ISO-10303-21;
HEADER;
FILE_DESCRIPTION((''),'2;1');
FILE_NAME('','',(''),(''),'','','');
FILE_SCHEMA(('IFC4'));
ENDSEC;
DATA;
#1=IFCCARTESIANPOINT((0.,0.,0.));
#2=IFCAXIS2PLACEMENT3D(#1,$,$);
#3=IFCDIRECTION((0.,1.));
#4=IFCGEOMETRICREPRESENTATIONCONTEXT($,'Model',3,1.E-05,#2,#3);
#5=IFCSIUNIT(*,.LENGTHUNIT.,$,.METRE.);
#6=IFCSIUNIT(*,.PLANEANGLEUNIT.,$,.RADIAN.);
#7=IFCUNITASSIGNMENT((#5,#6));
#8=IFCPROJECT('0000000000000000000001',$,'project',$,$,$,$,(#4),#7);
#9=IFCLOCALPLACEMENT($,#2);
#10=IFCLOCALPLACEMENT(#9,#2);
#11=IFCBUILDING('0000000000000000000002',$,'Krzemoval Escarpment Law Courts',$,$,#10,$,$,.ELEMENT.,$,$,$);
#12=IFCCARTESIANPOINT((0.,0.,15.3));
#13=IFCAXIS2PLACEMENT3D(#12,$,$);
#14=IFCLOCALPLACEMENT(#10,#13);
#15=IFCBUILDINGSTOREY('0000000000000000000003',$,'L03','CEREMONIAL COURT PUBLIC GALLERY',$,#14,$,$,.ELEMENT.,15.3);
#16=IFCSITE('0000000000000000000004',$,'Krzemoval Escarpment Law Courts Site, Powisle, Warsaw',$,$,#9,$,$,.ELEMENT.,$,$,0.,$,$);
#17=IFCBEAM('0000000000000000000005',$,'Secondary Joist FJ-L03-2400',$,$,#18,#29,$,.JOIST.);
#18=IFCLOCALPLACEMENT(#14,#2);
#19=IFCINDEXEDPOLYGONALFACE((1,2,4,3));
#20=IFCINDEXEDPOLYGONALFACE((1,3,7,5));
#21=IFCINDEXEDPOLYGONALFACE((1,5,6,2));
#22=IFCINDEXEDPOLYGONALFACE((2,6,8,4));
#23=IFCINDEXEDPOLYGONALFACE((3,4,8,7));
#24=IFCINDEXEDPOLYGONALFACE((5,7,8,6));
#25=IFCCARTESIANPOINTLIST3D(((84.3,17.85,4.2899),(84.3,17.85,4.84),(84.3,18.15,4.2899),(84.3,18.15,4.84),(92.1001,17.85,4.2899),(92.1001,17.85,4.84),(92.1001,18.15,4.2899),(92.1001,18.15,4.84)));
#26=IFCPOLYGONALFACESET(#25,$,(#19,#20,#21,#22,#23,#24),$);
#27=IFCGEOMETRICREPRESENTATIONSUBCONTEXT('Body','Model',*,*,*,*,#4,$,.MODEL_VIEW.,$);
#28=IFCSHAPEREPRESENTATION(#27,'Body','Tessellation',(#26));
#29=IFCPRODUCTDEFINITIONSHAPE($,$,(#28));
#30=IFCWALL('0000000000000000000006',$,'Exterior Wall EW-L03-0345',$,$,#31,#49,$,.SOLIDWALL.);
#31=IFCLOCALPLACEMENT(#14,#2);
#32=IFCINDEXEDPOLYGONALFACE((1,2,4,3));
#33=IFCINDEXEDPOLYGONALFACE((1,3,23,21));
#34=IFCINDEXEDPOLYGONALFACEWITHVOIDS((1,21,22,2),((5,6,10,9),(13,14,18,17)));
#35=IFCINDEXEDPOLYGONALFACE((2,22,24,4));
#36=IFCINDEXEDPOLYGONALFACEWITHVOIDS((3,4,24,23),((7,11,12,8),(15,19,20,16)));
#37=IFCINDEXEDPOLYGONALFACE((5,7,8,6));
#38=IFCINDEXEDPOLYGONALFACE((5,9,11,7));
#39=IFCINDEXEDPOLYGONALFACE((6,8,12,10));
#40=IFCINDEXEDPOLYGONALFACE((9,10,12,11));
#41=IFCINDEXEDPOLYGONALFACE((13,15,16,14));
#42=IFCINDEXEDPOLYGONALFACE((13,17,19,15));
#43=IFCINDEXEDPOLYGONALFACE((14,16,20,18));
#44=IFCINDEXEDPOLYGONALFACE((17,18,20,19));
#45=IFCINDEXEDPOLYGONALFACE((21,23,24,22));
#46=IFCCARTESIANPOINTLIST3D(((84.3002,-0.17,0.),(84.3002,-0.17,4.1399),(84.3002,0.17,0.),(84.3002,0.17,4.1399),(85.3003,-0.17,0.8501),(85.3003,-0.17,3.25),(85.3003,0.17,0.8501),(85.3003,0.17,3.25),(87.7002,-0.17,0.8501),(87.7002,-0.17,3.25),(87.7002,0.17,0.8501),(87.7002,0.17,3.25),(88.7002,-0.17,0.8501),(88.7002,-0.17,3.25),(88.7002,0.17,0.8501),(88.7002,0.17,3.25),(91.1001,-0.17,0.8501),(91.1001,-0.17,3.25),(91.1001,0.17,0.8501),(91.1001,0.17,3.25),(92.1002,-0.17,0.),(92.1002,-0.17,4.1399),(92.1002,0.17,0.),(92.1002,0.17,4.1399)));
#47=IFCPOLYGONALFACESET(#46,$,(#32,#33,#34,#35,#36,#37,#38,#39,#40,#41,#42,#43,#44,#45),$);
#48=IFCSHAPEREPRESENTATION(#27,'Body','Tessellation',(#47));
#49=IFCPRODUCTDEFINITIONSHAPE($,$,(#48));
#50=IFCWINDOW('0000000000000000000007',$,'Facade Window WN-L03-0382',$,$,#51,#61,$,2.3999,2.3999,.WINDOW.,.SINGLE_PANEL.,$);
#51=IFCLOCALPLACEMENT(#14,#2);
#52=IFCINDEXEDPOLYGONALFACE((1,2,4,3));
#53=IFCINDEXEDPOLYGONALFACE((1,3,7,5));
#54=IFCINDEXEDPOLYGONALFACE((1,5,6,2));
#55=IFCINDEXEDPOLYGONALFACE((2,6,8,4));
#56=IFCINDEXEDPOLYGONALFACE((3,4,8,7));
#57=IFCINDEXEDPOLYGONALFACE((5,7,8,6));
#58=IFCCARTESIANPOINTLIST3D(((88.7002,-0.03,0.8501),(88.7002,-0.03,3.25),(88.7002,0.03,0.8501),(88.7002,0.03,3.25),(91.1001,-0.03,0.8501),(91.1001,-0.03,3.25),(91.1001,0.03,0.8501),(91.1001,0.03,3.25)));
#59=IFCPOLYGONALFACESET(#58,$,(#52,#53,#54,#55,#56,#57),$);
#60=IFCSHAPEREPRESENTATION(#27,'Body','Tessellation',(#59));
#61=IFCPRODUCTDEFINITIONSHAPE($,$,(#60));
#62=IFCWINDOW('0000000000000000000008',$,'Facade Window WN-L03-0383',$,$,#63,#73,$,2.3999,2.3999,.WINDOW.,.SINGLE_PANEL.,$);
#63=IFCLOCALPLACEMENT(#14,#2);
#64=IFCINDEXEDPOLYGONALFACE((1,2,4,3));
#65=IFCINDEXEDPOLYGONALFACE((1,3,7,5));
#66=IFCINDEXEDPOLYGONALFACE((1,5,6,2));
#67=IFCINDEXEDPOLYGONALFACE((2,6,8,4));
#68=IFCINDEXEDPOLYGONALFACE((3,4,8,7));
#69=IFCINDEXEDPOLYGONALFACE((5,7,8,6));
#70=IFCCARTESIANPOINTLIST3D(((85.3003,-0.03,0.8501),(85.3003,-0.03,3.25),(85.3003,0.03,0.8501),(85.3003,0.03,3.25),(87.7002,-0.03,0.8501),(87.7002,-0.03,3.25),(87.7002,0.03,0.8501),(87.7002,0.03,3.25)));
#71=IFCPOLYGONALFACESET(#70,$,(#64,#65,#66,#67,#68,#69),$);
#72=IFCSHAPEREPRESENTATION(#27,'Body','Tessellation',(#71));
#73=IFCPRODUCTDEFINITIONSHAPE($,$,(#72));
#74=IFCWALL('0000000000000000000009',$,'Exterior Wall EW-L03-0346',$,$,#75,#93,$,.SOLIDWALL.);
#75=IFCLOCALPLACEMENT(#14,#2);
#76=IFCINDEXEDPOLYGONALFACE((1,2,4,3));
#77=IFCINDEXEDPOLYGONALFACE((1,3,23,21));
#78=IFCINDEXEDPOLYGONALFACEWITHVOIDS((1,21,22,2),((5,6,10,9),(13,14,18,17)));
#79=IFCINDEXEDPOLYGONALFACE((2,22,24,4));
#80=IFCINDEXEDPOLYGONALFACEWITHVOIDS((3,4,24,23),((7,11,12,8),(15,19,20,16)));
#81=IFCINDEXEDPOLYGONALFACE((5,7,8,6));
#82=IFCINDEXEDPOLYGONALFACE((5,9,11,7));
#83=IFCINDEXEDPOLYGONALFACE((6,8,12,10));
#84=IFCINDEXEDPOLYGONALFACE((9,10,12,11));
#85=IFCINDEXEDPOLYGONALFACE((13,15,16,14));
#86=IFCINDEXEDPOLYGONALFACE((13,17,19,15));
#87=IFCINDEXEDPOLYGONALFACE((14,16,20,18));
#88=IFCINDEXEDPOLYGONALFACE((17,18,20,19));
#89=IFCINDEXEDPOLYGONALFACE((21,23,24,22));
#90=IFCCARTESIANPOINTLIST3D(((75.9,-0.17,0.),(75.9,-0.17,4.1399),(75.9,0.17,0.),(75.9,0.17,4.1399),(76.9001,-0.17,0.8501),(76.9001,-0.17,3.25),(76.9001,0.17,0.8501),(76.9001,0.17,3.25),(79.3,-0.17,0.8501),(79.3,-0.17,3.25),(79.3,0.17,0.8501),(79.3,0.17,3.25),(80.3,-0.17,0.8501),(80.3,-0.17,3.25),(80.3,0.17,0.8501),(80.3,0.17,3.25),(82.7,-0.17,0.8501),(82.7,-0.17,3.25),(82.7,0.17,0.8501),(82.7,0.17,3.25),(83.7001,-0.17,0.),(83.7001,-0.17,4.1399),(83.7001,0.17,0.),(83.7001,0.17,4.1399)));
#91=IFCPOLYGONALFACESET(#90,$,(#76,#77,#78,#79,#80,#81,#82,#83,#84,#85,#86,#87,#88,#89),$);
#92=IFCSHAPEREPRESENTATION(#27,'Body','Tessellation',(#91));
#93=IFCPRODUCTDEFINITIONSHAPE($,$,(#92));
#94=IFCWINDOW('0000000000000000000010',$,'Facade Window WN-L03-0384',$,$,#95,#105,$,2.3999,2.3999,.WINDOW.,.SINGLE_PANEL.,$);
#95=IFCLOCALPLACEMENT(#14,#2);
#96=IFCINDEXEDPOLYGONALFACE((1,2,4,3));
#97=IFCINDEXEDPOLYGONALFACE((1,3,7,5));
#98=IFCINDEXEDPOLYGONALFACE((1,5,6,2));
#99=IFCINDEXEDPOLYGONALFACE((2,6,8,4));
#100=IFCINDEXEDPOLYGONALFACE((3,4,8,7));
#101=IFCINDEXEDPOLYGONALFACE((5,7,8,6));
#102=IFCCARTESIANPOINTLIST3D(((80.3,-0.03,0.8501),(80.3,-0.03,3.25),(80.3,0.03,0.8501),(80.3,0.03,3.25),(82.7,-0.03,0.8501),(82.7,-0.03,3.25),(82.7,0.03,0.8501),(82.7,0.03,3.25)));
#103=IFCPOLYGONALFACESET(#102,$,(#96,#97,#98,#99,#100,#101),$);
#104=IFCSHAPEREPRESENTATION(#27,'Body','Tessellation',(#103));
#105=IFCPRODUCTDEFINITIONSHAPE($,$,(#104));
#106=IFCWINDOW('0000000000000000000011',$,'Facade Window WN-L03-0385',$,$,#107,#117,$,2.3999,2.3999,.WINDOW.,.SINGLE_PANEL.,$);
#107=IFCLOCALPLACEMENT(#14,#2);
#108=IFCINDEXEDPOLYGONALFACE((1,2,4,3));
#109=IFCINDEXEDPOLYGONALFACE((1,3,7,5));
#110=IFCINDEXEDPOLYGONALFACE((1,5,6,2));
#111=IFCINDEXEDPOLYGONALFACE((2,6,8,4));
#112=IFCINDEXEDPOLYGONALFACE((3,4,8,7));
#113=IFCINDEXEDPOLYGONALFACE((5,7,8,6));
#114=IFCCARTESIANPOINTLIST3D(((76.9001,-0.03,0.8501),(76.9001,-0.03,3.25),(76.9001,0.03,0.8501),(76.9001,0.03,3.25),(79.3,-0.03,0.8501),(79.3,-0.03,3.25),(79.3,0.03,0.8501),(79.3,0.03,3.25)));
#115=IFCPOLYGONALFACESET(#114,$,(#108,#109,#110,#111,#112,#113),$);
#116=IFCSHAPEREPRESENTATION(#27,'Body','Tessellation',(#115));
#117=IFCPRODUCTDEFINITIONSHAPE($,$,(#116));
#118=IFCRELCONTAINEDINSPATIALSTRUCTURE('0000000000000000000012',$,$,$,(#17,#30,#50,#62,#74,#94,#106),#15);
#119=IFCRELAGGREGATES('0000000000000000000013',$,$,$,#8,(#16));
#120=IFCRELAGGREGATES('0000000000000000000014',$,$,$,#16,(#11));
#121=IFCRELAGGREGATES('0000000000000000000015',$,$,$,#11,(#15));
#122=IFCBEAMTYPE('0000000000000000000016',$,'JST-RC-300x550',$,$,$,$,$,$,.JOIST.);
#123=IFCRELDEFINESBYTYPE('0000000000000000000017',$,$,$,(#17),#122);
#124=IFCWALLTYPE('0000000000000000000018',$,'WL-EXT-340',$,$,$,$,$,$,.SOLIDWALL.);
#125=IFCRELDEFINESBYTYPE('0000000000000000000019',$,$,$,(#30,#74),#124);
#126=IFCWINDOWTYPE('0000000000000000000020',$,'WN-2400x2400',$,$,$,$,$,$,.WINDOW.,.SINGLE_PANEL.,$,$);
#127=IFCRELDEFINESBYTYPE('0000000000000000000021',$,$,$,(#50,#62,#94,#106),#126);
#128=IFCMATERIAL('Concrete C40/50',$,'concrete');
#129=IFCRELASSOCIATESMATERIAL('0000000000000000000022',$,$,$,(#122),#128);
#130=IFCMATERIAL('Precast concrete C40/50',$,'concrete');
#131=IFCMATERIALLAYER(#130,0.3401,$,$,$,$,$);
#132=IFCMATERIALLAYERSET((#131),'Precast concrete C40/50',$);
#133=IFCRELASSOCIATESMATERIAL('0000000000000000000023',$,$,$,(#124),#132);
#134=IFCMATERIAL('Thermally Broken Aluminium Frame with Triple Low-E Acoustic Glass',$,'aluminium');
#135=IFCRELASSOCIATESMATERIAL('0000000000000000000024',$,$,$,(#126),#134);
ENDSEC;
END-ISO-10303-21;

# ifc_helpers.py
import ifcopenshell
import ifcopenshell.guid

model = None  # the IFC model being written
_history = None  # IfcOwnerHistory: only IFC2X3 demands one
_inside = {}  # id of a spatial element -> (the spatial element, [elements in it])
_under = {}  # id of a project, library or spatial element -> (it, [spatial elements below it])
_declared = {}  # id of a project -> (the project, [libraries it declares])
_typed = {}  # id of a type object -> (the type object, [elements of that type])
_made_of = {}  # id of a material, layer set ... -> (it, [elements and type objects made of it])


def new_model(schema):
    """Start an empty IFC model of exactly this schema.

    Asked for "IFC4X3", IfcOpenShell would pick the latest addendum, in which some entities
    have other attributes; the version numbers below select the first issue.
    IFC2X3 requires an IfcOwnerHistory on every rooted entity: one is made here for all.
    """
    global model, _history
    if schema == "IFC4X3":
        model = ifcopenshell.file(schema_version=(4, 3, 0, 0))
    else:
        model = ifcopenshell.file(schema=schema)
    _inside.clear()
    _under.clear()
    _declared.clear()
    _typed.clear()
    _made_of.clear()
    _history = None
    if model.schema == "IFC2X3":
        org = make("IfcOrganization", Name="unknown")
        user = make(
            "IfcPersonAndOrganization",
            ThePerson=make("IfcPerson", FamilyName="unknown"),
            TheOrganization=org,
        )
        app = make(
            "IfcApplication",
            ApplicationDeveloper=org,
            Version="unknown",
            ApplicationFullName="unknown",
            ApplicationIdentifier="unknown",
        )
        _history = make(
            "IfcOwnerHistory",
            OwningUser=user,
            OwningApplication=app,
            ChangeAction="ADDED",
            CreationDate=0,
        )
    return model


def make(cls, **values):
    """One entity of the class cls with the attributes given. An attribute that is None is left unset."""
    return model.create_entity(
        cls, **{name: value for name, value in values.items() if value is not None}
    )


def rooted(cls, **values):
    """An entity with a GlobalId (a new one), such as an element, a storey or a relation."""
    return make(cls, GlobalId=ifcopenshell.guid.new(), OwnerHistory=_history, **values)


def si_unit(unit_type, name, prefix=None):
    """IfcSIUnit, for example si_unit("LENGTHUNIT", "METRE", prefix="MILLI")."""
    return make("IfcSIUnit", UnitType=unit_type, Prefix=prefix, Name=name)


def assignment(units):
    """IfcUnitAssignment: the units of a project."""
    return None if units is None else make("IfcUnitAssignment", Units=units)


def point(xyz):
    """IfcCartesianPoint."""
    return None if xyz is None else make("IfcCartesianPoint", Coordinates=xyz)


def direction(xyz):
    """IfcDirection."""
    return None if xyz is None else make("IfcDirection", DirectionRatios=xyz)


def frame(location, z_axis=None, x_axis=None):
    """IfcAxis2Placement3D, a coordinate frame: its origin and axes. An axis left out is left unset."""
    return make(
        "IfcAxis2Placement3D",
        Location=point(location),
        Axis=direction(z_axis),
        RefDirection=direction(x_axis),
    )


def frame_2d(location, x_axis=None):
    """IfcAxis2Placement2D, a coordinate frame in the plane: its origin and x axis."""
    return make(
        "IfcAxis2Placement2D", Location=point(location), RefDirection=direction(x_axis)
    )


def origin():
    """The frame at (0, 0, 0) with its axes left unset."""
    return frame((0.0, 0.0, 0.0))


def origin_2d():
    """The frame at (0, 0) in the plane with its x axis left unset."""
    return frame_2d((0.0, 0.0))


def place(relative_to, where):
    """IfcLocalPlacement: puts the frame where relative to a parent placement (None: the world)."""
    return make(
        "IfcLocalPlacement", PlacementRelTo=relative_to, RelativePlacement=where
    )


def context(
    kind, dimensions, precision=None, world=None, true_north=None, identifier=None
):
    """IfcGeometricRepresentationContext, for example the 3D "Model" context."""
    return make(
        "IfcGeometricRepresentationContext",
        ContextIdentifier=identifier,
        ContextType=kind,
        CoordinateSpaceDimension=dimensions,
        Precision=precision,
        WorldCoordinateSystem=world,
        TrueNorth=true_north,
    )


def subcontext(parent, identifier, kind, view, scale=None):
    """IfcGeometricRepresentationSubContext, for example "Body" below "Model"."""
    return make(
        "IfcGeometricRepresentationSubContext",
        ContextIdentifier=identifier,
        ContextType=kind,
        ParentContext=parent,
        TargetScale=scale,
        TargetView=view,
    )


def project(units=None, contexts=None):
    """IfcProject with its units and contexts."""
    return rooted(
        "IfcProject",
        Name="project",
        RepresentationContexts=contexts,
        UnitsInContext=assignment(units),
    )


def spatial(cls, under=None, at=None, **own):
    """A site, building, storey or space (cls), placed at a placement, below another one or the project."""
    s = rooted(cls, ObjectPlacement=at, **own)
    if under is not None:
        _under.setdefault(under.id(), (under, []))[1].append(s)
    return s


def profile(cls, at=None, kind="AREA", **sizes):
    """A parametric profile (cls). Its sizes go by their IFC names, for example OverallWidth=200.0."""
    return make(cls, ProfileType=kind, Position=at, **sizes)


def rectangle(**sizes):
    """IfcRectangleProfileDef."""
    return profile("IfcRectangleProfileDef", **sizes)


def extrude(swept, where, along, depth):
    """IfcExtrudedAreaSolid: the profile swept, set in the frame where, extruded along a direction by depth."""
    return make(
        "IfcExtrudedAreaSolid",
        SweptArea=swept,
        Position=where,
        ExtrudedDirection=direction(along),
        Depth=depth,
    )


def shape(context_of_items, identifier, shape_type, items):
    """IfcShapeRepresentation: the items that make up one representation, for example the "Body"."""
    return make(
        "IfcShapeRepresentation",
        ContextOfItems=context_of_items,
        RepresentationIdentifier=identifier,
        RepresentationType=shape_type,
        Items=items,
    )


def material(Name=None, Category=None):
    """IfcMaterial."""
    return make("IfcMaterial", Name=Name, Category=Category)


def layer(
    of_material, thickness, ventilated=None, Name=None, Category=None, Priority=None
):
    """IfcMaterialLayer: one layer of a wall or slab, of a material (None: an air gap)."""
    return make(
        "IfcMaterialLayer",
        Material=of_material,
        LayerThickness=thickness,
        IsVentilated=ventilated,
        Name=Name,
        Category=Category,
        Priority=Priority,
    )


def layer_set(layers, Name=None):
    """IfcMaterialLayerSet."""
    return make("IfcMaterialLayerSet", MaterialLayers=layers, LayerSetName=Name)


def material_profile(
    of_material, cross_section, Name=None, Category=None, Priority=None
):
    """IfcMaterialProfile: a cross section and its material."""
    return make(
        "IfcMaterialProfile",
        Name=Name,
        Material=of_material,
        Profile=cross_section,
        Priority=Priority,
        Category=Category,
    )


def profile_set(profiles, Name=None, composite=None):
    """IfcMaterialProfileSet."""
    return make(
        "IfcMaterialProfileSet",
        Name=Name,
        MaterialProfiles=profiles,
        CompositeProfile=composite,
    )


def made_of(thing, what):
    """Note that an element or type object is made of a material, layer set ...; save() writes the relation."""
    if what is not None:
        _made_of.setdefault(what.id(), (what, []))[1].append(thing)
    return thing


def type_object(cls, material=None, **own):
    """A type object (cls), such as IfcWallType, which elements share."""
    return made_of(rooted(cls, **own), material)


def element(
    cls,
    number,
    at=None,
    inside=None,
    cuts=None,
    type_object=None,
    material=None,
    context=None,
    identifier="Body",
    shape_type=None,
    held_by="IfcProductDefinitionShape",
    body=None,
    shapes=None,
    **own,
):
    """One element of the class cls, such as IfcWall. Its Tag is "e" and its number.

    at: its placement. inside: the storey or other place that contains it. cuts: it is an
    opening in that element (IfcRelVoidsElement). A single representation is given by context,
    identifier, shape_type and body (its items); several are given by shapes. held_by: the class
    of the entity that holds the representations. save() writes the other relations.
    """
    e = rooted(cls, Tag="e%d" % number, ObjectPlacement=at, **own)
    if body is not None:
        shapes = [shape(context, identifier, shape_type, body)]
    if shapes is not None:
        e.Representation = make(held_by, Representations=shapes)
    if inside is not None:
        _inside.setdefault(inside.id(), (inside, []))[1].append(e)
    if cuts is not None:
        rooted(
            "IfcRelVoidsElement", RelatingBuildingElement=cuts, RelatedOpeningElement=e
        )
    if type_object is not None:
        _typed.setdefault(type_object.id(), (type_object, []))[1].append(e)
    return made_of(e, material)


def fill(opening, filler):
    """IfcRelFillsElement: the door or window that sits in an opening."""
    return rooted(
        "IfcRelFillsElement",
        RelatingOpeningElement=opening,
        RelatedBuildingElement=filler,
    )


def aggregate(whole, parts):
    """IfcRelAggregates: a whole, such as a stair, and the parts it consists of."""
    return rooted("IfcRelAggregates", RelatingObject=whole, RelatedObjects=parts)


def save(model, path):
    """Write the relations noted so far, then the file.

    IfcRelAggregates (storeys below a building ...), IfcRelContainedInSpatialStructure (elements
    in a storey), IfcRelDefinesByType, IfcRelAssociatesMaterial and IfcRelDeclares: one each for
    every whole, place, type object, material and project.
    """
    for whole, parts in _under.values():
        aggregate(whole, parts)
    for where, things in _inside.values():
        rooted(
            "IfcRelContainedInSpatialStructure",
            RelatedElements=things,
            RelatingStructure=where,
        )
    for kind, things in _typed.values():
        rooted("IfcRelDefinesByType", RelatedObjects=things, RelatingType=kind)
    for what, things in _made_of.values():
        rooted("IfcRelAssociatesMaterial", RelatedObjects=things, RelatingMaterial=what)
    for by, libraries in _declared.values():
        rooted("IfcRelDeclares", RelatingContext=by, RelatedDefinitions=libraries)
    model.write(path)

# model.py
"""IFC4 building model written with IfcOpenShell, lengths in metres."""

from ifc_helpers import new_model, si_unit, direction, frame, frame_2d, origin, origin_2d, place, context, subcontext, project, spatial, rectangle, extrude, material, layer, layer_set, material_profile, profile_set, type_object, element, fill, save


model = new_model("IFC4")

# Units and contexts
model_context = context("Model", 3, precision=1e-05, world=origin(), true_north=direction((0.0, 1.0)))
body_context = subcontext(model_context, "Body", "Model", "MODEL_VIEW")
ifc_project = project(units=[si_unit("LENGTHUNIT", "METRE"), si_unit("PLANEANGLEUNIT", "RADIAN")], contexts=[model_context])

# Site, building, storey
site_placement = place(None, origin())
site = spatial("IfcSite", under=ifc_project, at=site_placement, Name="Krzemoval Escarpment Law Courts Site, Powisle, Warsaw", CompositionType="ELEMENT", RefElevation=0.0)
building_placement = place(site_placement, origin())
building = spatial("IfcBuilding", under=site, at=building_placement, Name="Krzemoval Escarpment Law Courts", CompositionType="ELEMENT")
storey_placement = place(building_placement, frame((0.0, 0.0, 15.3)))
storey = spatial("IfcBuildingStorey", under=building, at=storey_placement, Name="L03", Description="CEREMONIAL COURT PUBLIC GALLERY", CompositionType="ELEMENT", Elevation=15.3)

# Beam
ifc_material_1 = material(Name="Concrete C40/50", Category="concrete")
ifc_material_profile_1 = material_profile(ifc_material_1, rectangle(XDim=0.3, YDim=0.55, at=origin_2d()), Name="RCB 300x550")
ifc_profile_set_1 = profile_set([ifc_material_profile_1], Name="Concrete C40/50")
beam_type_1 = type_object("IfcBeamType", Name="JST-RC-300x550", PredefinedType="JOIST", material=ifc_profile_set_1)
for number, where, z_axis, x_axis, name in (
    (1, (84.3, 18.0, 4.5649), (1.0, 0.0, 0.0), (0.0, 1.0, 0.0), "Secondary Joist FJ-L03-2400"),
):
    element("IfcBeam", number, at=place(storey_placement, frame(where, z_axis=z_axis, x_axis=x_axis)), inside=storey, type_object=beam_type_1, Name=name, PredefinedType="JOIST", context=body_context, shape_type="SweptSolid", body=[
        extrude(rectangle(XDim=0.3, YDim=0.55, at=origin_2d()), origin(), (0.0, 0.0, 1.0), 7.8),
    ])

# Walls, openings, windows
ifc_material_2 = material(Name="Precast concrete C40/50", Category="concrete")
ifc_layer = layer(ifc_material_2, 0.3401)
ifc_layer_set = layer_set([ifc_layer], Name="Precast concrete C40/50")
wall_type = type_object("IfcWallType", Name="WL-EXT-340", PredefinedType="SOLIDWALL", material=ifc_layer_set)
wall_1_placement = place(storey_placement, frame((92.1001, 0.0, 0.0), z_axis=(0.0, 0.0, 1.0), x_axis=(-1.0, 0.0, 0.0)))
wall_1 = element("IfcWall", 2, at=wall_1_placement, inside=storey, type_object=wall_type, Name="Exterior Wall EW-L03-0345", PredefinedType="SOLIDWALL", context=body_context, shape_type="SweptSolid", body=[
    extrude(rectangle(XDim=7.8, YDim=0.3401, at=frame_2d((3.8999, 0.0))), origin(), (0.0, 0.0, 1.0), 4.1399),
])
opening_1_placement = place(wall_1_placement, frame((1.0, 0.0, 0.8501)))
opening_1 = element("IfcOpeningElement", 3, at=opening_1_placement, cuts=wall_1, PredefinedType="OPENING", context=body_context, shape_type="SweptSolid", body=[
    extrude(rectangle(XDim=2.3999, YDim=2.3999, at=frame_2d((1.2, 1.2))), frame((0.0, 0.185, 0.0), z_axis=(0.0, -1.0, 0.0), x_axis=(1.0, 0.0, 0.0)), (0.0, 0.0, 1.0), 0.3701),
])
opening_2_placement = place(wall_1_placement, frame((4.3999, 0.0, 0.8501)))
opening_2 = element("IfcOpeningElement", 4, at=opening_2_placement, cuts=wall_1, PredefinedType="OPENING", context=body_context, shape_type="SweptSolid", body=[
    extrude(rectangle(XDim=2.3999, YDim=2.3999, at=frame_2d((1.2, 1.2))), frame((0.0, 0.185, 0.0), z_axis=(0.0, -1.0, 0.0), x_axis=(1.0, 0.0, 0.0)), (0.0, 0.0, 1.0), 0.3701),
])
ifc_material_3 = material(Name="Thermally Broken Aluminium Frame with Triple Low-E Acoustic Glass", Category="aluminium")
window_type = type_object("IfcWindowType", Name="WN-2400x2400", PartitioningType="SINGLE_PANEL", PredefinedType="WINDOW", material=ifc_material_3)
window_1_placement = place(opening_1_placement, origin())
window_1 = element("IfcWindow", 5, at=window_1_placement, inside=storey, type_object=window_type, Name="Facade Window WN-L03-0382", OverallHeight=2.3999, OverallWidth=2.3999, PartitioningType="SINGLE_PANEL", PredefinedType="WINDOW", context=body_context, shape_type="SweptSolid", body=[
    extrude(rectangle(XDim=2.3999, YDim=2.3999, at=frame_2d((1.2, 1.2))), frame((0.0, 0.03, 0.0), z_axis=(0.0, -1.0, 0.0), x_axis=(1.0, 0.0, 0.0)), (0.0, 0.0, 1.0), 0.0601),
])
fill(opening_1, window_1)
window_2_placement = place(opening_2_placement, origin())
window_2 = element("IfcWindow", 6, at=window_2_placement, inside=storey, type_object=window_type, Name="Facade Window WN-L03-0383", OverallHeight=2.3999, OverallWidth=2.3999, PartitioningType="SINGLE_PANEL", PredefinedType="WINDOW", context=body_context, shape_type="SweptSolid", body=[
    extrude(rectangle(XDim=2.3999, YDim=2.3999, at=frame_2d((1.2, 1.2))), frame((0.0, 0.03, 0.0), z_axis=(0.0, -1.0, 0.0), x_axis=(1.0, 0.0, 0.0)), (0.0, 0.0, 1.0), 0.0601),
])
fill(opening_2, window_2)
wall_2_placement = place(storey_placement, frame((83.7, 0.0, 0.0), z_axis=(0.0, 0.0, 1.0), x_axis=(-1.0, 0.0, 0.0)))
wall_2 = element("IfcWall", 7, at=wall_2_placement, inside=storey, type_object=wall_type, Name="Exterior Wall EW-L03-0346", PredefinedType="SOLIDWALL", context=body_context, shape_type="SweptSolid", body=[
    extrude(rectangle(XDim=7.8, YDim=0.3401, at=frame_2d((3.8999, 0.0))), origin(), (0.0, 0.0, 1.0), 4.1399),
])
opening_3_placement = place(wall_2_placement, frame((1.0, 0.0, 0.8501)))
opening_3 = element("IfcOpeningElement", 8, at=opening_3_placement, cuts=wall_2, PredefinedType="OPENING", context=body_context, shape_type="SweptSolid", body=[
    extrude(rectangle(XDim=2.3999, YDim=2.3999, at=frame_2d((1.2, 1.2))), frame((0.0, 0.185, 0.0), z_axis=(0.0, -1.0, 0.0), x_axis=(1.0, 0.0, 0.0)), (0.0, 0.0, 1.0), 0.3701),
])
opening_4_placement = place(wall_2_placement, frame((4.3999, 0.0, 0.8501)))
opening_4 = element("IfcOpeningElement", 9, at=opening_4_placement, cuts=wall_2, PredefinedType="OPENING", context=body_context, shape_type="SweptSolid", body=[
    extrude(rectangle(XDim=2.3999, YDim=2.3999, at=frame_2d((1.2, 1.2))), frame((0.0, 0.185, 0.0), z_axis=(0.0, -1.0, 0.0), x_axis=(1.0, 0.0, 0.0)), (0.0, 0.0, 1.0), 0.3701),
])
window_3_placement = place(opening_3_placement, origin())
window_3 = element("IfcWindow", 10, at=window_3_placement, inside=storey, type_object=window_type, Name="Facade Window WN-L03-0384", OverallHeight=2.3999, OverallWidth=2.3999, PartitioningType="SINGLE_PANEL", PredefinedType="WINDOW", context=body_context, shape_type="SweptSolid", body=[
    extrude(rectangle(XDim=2.3999, YDim=2.3999, at=frame_2d((1.2, 1.2))), frame((0.0, 0.03, 0.0), z_axis=(0.0, -1.0, 0.0), x_axis=(1.0, 0.0, 0.0)), (0.0, 0.0, 1.0), 0.0601),
])
fill(opening_3, window_3)
window_4_placement = place(opening_4_placement, origin())
window_4 = element("IfcWindow", 11, at=window_4_placement, inside=storey, type_object=window_type, Name="Facade Window WN-L03-0385", OverallHeight=2.3999, OverallWidth=2.3999, PartitioningType="SINGLE_PANEL", PredefinedType="WINDOW", context=body_context, shape_type="SweptSolid", body=[
    extrude(rectangle(XDim=2.3999, YDim=2.3999, at=frame_2d((1.2, 1.2))), frame((0.0, 0.03, 0.0), z_axis=(0.0, -1.0, 0.0), x_axis=(1.0, 0.0, 0.0)), (0.0, 0.0, 1.0), 0.0601),
])
fill(opening_4, window_4)

save(model, "model.ifc")
